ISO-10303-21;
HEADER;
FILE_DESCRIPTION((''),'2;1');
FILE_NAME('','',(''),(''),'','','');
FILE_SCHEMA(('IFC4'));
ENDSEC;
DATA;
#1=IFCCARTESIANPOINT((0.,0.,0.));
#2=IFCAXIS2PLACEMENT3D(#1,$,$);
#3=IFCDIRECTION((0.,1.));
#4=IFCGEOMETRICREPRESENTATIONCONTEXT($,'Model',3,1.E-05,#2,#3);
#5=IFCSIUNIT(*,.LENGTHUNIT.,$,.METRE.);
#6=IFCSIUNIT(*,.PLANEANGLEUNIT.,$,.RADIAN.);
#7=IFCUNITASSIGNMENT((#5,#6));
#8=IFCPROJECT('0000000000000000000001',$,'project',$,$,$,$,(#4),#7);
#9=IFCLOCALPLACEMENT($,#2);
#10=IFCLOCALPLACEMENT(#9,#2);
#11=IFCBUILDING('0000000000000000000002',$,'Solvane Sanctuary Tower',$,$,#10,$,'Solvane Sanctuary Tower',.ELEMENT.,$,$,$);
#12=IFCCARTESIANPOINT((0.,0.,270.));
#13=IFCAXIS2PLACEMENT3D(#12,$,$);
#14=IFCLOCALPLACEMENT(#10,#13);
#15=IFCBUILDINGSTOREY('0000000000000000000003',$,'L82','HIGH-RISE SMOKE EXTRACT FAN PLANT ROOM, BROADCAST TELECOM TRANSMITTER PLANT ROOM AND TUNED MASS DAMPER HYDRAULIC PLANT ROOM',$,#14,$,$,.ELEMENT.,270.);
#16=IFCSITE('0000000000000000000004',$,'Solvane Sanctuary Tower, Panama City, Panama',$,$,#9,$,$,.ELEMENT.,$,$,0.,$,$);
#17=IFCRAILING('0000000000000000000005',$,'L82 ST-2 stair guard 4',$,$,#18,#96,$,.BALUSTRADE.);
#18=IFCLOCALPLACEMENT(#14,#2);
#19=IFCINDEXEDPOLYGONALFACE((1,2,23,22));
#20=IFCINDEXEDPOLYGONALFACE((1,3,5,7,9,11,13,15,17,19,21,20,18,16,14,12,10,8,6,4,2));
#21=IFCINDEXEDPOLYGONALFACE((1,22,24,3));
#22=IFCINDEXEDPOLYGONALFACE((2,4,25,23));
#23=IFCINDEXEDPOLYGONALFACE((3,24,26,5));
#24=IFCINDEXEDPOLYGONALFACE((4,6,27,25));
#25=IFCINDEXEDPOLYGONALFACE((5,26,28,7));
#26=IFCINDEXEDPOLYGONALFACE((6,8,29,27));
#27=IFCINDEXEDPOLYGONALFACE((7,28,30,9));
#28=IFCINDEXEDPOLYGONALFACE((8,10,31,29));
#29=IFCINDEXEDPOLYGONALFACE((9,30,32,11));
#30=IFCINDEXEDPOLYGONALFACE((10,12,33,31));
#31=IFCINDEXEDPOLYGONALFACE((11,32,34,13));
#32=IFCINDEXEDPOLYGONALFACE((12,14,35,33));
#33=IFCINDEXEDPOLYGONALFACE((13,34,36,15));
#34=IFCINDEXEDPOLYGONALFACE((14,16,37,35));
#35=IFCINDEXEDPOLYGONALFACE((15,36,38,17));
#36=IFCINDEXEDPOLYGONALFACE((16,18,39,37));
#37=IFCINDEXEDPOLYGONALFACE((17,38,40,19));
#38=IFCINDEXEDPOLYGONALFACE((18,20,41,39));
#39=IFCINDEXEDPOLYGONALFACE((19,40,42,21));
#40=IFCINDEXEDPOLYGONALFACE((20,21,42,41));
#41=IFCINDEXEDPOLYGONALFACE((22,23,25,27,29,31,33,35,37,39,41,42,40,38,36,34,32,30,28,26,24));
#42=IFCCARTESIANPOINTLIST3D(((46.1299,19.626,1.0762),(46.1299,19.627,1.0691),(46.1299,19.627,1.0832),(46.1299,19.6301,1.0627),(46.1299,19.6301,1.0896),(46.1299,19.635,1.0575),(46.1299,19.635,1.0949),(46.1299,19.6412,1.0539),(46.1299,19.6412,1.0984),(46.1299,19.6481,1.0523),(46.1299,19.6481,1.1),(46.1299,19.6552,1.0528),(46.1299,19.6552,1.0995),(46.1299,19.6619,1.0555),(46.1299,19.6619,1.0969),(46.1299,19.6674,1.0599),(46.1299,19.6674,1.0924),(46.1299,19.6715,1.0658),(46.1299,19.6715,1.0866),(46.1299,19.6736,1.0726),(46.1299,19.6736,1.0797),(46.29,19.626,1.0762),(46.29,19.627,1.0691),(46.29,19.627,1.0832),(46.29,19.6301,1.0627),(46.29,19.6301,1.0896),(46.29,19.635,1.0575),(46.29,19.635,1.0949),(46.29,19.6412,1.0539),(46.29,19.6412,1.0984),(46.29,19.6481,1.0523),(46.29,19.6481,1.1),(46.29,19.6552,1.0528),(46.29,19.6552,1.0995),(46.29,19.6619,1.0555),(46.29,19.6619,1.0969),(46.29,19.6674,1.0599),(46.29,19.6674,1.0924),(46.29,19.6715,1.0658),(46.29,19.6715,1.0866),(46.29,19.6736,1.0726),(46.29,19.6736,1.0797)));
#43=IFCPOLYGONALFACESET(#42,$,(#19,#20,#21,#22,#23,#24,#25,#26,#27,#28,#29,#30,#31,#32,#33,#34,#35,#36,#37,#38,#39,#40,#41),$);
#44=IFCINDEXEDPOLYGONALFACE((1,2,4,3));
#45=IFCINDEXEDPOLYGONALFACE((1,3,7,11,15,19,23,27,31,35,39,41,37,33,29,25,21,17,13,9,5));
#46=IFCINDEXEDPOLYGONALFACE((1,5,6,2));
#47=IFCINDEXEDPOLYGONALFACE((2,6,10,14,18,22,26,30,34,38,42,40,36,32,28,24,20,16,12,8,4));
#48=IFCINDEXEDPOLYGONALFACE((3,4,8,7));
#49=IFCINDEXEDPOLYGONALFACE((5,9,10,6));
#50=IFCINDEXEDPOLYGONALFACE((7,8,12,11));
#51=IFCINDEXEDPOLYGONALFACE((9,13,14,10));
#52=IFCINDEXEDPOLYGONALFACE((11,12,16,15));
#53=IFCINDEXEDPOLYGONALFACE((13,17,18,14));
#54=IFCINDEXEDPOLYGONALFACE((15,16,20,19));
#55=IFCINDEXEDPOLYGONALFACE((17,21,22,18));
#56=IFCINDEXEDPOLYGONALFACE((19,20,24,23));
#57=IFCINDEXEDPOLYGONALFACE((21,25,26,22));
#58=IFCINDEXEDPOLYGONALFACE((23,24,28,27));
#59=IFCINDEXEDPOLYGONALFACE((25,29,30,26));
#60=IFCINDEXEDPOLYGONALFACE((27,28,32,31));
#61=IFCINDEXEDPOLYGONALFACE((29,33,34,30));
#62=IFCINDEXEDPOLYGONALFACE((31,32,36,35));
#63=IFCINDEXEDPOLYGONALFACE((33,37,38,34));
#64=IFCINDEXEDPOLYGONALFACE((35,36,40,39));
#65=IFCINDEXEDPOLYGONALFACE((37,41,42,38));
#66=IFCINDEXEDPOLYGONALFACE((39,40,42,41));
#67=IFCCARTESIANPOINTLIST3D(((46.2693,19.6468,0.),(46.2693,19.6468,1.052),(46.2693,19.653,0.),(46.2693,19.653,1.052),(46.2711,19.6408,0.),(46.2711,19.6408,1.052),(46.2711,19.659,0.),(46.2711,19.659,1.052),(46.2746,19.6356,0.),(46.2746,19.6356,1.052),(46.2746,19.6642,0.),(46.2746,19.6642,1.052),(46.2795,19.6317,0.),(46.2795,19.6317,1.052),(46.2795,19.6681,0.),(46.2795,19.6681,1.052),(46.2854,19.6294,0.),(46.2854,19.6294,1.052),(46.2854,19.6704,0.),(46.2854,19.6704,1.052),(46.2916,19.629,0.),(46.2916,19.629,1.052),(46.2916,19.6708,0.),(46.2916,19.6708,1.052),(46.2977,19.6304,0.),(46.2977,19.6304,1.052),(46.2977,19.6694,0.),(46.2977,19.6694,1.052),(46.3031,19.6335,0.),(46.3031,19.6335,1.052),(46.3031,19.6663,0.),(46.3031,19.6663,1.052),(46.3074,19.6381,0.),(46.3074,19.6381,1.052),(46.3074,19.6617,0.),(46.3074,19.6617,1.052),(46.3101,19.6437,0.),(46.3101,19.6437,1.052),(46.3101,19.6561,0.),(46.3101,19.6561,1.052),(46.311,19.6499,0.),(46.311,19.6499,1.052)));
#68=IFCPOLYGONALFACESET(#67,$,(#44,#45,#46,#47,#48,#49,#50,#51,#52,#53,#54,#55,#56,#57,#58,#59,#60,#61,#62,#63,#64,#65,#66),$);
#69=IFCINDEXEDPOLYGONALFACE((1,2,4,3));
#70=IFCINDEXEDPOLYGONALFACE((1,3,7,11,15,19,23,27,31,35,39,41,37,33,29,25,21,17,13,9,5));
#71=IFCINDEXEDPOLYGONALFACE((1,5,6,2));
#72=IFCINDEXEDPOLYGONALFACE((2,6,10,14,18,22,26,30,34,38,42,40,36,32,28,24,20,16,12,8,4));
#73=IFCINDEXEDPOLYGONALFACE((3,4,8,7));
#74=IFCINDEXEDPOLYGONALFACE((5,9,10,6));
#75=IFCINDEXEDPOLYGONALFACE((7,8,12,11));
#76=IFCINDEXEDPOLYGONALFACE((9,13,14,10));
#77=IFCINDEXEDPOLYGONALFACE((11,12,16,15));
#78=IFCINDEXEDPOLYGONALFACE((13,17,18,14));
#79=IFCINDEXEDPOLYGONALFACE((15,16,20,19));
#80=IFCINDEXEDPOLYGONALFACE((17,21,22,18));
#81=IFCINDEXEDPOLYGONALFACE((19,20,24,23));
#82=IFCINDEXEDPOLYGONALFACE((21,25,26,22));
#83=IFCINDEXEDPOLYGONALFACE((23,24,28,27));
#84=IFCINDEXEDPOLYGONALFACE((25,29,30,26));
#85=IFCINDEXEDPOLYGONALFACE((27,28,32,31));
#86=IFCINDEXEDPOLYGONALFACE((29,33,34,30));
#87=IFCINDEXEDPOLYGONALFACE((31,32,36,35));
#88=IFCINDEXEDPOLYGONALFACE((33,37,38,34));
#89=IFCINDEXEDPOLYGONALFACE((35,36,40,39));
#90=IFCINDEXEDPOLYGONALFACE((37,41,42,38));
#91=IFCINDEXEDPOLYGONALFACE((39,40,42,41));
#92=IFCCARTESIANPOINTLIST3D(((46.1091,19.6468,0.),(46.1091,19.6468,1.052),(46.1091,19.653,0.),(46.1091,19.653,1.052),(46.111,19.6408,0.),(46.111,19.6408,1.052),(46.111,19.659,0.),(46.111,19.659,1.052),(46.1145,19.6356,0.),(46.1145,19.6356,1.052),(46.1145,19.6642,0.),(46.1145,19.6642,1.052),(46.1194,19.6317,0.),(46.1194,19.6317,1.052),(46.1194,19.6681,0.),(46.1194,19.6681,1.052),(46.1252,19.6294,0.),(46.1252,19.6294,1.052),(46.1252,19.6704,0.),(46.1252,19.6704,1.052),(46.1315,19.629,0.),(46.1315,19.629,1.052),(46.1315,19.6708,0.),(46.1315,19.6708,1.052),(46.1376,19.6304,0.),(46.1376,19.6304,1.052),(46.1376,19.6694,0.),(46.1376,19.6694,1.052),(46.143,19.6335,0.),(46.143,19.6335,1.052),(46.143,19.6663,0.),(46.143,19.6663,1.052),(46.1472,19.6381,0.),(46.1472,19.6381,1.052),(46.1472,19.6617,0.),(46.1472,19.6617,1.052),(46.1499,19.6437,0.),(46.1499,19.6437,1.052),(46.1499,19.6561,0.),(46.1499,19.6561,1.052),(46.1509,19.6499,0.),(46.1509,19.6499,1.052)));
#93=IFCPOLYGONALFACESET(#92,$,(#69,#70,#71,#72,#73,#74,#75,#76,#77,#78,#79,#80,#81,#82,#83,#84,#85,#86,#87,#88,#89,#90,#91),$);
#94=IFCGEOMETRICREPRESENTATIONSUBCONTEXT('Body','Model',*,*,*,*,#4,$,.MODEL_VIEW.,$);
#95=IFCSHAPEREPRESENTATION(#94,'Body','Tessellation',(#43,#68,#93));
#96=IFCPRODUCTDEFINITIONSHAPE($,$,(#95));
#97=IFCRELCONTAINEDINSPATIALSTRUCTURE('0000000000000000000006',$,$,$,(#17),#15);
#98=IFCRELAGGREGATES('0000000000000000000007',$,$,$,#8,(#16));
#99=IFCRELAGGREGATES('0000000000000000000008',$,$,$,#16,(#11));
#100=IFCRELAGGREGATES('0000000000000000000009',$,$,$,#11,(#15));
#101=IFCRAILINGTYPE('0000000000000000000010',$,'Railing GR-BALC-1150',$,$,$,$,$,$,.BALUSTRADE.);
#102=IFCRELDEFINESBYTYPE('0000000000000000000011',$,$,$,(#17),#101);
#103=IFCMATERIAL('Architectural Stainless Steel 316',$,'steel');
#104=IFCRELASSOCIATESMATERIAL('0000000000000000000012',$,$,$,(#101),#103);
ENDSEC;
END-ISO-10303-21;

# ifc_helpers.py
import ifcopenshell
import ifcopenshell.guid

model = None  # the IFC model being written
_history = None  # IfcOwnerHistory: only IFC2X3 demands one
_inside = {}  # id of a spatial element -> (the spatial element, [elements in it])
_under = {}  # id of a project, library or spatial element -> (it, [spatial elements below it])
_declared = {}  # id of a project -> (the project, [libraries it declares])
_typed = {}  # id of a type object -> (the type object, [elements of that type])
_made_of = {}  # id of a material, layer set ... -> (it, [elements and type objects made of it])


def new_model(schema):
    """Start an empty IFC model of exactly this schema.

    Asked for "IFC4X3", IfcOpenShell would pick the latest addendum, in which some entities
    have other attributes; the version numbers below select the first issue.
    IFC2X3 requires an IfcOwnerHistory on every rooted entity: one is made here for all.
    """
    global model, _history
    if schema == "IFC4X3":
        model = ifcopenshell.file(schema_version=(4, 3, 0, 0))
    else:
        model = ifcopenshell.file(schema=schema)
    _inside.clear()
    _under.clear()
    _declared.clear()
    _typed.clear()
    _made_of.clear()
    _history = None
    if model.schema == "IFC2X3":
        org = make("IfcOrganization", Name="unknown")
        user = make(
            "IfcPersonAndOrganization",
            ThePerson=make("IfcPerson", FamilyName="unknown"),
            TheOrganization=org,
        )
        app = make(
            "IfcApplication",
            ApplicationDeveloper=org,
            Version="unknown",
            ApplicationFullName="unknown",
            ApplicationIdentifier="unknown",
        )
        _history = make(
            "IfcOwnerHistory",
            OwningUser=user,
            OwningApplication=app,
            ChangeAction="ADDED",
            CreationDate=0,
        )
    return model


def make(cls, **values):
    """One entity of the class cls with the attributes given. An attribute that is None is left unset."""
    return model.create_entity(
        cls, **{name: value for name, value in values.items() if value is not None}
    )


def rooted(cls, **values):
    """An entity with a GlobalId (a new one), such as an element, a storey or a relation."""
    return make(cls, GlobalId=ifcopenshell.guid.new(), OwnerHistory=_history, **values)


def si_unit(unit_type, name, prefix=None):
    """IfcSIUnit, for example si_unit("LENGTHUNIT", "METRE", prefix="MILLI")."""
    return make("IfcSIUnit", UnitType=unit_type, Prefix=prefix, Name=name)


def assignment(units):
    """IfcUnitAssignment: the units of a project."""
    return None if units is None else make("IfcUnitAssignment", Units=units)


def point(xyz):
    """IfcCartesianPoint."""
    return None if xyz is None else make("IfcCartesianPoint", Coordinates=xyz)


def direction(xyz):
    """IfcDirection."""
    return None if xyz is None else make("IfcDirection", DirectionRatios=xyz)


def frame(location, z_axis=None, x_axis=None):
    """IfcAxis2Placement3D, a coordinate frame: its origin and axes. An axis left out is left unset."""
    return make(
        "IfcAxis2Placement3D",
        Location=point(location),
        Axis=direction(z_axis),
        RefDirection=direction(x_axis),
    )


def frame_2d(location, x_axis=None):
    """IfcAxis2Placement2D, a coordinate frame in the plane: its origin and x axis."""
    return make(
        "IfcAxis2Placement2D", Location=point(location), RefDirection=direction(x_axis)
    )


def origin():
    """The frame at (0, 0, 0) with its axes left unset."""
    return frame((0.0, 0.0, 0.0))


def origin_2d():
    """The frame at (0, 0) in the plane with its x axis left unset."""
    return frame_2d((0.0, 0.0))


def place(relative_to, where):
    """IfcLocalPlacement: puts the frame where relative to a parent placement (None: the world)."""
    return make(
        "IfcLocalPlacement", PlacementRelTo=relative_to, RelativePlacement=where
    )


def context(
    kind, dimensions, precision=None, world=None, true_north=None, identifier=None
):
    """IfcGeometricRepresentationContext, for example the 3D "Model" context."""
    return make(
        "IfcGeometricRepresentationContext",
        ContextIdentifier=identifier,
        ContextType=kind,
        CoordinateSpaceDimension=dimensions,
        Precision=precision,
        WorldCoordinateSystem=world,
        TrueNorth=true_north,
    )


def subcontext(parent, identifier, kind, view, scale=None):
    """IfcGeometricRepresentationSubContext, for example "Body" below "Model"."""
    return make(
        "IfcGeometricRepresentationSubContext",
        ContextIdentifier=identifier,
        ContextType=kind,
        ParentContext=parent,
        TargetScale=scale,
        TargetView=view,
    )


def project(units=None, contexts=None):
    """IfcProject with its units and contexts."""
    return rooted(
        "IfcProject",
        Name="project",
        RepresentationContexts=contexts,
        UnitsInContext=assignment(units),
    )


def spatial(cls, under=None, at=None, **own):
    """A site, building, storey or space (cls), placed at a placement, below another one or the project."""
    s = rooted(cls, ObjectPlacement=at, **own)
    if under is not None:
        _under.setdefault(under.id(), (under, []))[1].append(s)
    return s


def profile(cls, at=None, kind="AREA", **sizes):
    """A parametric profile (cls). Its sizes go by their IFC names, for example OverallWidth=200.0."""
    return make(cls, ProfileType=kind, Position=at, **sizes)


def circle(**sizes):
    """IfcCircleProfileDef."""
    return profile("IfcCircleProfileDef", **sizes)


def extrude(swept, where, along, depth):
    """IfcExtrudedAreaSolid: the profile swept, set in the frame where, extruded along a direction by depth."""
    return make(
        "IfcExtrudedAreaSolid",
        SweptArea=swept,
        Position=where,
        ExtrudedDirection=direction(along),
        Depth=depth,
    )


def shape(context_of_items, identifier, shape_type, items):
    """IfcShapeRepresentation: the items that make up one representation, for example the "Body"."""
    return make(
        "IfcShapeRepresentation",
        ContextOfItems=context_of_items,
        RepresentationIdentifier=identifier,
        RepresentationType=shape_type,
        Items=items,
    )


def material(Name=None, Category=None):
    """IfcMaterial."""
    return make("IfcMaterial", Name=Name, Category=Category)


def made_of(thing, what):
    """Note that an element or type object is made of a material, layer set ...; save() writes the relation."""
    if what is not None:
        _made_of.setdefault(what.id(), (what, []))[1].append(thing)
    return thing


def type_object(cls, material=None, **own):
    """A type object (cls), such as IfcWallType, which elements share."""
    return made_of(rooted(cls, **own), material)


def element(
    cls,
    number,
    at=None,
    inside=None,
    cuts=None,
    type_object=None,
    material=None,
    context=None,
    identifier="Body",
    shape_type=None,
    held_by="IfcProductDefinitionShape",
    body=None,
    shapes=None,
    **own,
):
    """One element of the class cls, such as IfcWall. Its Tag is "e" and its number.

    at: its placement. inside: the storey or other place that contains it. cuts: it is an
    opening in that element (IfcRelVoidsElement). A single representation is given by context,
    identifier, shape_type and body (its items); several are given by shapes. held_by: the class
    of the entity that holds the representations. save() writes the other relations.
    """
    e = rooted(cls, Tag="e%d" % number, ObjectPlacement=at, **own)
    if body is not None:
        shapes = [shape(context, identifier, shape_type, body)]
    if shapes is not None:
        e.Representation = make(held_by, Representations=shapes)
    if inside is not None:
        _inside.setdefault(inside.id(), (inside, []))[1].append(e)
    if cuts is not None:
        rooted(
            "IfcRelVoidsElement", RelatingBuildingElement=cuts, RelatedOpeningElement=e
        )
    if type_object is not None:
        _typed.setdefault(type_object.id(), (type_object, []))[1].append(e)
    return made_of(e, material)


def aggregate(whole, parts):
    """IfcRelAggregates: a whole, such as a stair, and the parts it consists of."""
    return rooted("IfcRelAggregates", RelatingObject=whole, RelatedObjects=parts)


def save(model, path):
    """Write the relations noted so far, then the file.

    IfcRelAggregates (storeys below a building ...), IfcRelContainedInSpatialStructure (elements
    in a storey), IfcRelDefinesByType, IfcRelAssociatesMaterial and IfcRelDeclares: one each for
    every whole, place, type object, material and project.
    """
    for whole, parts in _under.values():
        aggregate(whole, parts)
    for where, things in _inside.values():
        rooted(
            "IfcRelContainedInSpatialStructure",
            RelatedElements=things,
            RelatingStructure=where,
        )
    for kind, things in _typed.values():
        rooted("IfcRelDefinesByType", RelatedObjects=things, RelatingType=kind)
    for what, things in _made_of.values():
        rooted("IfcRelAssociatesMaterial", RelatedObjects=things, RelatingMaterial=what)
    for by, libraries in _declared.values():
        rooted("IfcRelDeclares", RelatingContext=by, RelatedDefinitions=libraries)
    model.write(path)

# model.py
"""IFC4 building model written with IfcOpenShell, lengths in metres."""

from ifc_helpers import new_model, si_unit, direction, frame, origin, origin_2d, place, context, subcontext, project, spatial, circle, extrude, material, type_object, element, save


model = new_model("IFC4")

# Units and contexts
model_context = context("Model", 3, precision=1e-05, world=origin(), true_north=direction((0.0, 1.0)))
body_context = subcontext(model_context, "Body", "Model", "MODEL_VIEW")
ifc_project = project(units=[si_unit("LENGTHUNIT", "METRE"), si_unit("PLANEANGLEUNIT", "RADIAN")], contexts=[model_context])

# Site, building, storey
site_placement = place(None, origin())
site = spatial("IfcSite", under=ifc_project, at=site_placement, Name="Solvane Sanctuary Tower, Panama City, Panama", CompositionType="ELEMENT", RefElevation=0.0)
building_placement = place(site_placement, origin())
building = spatial("IfcBuilding", under=site, at=building_placement, Name="Solvane Sanctuary Tower", LongName="Solvane Sanctuary Tower", CompositionType="ELEMENT")
storey_placement = place(building_placement, frame((0.0, 0.0, 270.0)))
storey = spatial("IfcBuildingStorey", under=building, at=storey_placement, Name="L82", Description="HIGH-RISE SMOKE EXTRACT FAN PLANT ROOM, BROADCAST TELECOM TRANSMITTER PLANT ROOM AND TUNED MASS DAMPER HYDRAULIC PLANT ROOM", CompositionType="ELEMENT", Elevation=270.0)

# Shared definitions
ifc_material_1 = material(Name="Architectural Stainless Steel 316", Category="steel")

# Railing
railing_type_1 = type_object("IfcRailingType", Name="Railing GR-BALC-1150", PredefinedType="BALUSTRADE", material=ifc_material_1)
railing_1_placement = place(storey_placement, frame((46.29, 19.6499, 0.0)))
element("IfcRailing", 1, at=railing_1_placement, inside=storey, type_object=railing_type_1, Name="L82 ST-2 stair guard 4", PredefinedType="BALUSTRADE", context=body_context, shape_type="SweptSolid", body=[
    extrude(circle(Radius=0.0239, at=origin_2d()), frame((0.0, 0.0, 1.0762), z_axis=(-1.0, 0.0, 0.0), x_axis=(0.0, -1.0, 0.0)), (0.0, 0.0, 1.0), 0.1602),
    extrude(circle(Radius=0.021, at=origin_2d()), origin(), (0.0, 0.0, 1.0), 1.052),
    extrude(circle(Radius=0.021, at=origin_2d()), frame((-0.1602, 0.0, 0.0)), (0.0, 0.0, 1.0), 1.052),
])

save(model, "model.ifc")
